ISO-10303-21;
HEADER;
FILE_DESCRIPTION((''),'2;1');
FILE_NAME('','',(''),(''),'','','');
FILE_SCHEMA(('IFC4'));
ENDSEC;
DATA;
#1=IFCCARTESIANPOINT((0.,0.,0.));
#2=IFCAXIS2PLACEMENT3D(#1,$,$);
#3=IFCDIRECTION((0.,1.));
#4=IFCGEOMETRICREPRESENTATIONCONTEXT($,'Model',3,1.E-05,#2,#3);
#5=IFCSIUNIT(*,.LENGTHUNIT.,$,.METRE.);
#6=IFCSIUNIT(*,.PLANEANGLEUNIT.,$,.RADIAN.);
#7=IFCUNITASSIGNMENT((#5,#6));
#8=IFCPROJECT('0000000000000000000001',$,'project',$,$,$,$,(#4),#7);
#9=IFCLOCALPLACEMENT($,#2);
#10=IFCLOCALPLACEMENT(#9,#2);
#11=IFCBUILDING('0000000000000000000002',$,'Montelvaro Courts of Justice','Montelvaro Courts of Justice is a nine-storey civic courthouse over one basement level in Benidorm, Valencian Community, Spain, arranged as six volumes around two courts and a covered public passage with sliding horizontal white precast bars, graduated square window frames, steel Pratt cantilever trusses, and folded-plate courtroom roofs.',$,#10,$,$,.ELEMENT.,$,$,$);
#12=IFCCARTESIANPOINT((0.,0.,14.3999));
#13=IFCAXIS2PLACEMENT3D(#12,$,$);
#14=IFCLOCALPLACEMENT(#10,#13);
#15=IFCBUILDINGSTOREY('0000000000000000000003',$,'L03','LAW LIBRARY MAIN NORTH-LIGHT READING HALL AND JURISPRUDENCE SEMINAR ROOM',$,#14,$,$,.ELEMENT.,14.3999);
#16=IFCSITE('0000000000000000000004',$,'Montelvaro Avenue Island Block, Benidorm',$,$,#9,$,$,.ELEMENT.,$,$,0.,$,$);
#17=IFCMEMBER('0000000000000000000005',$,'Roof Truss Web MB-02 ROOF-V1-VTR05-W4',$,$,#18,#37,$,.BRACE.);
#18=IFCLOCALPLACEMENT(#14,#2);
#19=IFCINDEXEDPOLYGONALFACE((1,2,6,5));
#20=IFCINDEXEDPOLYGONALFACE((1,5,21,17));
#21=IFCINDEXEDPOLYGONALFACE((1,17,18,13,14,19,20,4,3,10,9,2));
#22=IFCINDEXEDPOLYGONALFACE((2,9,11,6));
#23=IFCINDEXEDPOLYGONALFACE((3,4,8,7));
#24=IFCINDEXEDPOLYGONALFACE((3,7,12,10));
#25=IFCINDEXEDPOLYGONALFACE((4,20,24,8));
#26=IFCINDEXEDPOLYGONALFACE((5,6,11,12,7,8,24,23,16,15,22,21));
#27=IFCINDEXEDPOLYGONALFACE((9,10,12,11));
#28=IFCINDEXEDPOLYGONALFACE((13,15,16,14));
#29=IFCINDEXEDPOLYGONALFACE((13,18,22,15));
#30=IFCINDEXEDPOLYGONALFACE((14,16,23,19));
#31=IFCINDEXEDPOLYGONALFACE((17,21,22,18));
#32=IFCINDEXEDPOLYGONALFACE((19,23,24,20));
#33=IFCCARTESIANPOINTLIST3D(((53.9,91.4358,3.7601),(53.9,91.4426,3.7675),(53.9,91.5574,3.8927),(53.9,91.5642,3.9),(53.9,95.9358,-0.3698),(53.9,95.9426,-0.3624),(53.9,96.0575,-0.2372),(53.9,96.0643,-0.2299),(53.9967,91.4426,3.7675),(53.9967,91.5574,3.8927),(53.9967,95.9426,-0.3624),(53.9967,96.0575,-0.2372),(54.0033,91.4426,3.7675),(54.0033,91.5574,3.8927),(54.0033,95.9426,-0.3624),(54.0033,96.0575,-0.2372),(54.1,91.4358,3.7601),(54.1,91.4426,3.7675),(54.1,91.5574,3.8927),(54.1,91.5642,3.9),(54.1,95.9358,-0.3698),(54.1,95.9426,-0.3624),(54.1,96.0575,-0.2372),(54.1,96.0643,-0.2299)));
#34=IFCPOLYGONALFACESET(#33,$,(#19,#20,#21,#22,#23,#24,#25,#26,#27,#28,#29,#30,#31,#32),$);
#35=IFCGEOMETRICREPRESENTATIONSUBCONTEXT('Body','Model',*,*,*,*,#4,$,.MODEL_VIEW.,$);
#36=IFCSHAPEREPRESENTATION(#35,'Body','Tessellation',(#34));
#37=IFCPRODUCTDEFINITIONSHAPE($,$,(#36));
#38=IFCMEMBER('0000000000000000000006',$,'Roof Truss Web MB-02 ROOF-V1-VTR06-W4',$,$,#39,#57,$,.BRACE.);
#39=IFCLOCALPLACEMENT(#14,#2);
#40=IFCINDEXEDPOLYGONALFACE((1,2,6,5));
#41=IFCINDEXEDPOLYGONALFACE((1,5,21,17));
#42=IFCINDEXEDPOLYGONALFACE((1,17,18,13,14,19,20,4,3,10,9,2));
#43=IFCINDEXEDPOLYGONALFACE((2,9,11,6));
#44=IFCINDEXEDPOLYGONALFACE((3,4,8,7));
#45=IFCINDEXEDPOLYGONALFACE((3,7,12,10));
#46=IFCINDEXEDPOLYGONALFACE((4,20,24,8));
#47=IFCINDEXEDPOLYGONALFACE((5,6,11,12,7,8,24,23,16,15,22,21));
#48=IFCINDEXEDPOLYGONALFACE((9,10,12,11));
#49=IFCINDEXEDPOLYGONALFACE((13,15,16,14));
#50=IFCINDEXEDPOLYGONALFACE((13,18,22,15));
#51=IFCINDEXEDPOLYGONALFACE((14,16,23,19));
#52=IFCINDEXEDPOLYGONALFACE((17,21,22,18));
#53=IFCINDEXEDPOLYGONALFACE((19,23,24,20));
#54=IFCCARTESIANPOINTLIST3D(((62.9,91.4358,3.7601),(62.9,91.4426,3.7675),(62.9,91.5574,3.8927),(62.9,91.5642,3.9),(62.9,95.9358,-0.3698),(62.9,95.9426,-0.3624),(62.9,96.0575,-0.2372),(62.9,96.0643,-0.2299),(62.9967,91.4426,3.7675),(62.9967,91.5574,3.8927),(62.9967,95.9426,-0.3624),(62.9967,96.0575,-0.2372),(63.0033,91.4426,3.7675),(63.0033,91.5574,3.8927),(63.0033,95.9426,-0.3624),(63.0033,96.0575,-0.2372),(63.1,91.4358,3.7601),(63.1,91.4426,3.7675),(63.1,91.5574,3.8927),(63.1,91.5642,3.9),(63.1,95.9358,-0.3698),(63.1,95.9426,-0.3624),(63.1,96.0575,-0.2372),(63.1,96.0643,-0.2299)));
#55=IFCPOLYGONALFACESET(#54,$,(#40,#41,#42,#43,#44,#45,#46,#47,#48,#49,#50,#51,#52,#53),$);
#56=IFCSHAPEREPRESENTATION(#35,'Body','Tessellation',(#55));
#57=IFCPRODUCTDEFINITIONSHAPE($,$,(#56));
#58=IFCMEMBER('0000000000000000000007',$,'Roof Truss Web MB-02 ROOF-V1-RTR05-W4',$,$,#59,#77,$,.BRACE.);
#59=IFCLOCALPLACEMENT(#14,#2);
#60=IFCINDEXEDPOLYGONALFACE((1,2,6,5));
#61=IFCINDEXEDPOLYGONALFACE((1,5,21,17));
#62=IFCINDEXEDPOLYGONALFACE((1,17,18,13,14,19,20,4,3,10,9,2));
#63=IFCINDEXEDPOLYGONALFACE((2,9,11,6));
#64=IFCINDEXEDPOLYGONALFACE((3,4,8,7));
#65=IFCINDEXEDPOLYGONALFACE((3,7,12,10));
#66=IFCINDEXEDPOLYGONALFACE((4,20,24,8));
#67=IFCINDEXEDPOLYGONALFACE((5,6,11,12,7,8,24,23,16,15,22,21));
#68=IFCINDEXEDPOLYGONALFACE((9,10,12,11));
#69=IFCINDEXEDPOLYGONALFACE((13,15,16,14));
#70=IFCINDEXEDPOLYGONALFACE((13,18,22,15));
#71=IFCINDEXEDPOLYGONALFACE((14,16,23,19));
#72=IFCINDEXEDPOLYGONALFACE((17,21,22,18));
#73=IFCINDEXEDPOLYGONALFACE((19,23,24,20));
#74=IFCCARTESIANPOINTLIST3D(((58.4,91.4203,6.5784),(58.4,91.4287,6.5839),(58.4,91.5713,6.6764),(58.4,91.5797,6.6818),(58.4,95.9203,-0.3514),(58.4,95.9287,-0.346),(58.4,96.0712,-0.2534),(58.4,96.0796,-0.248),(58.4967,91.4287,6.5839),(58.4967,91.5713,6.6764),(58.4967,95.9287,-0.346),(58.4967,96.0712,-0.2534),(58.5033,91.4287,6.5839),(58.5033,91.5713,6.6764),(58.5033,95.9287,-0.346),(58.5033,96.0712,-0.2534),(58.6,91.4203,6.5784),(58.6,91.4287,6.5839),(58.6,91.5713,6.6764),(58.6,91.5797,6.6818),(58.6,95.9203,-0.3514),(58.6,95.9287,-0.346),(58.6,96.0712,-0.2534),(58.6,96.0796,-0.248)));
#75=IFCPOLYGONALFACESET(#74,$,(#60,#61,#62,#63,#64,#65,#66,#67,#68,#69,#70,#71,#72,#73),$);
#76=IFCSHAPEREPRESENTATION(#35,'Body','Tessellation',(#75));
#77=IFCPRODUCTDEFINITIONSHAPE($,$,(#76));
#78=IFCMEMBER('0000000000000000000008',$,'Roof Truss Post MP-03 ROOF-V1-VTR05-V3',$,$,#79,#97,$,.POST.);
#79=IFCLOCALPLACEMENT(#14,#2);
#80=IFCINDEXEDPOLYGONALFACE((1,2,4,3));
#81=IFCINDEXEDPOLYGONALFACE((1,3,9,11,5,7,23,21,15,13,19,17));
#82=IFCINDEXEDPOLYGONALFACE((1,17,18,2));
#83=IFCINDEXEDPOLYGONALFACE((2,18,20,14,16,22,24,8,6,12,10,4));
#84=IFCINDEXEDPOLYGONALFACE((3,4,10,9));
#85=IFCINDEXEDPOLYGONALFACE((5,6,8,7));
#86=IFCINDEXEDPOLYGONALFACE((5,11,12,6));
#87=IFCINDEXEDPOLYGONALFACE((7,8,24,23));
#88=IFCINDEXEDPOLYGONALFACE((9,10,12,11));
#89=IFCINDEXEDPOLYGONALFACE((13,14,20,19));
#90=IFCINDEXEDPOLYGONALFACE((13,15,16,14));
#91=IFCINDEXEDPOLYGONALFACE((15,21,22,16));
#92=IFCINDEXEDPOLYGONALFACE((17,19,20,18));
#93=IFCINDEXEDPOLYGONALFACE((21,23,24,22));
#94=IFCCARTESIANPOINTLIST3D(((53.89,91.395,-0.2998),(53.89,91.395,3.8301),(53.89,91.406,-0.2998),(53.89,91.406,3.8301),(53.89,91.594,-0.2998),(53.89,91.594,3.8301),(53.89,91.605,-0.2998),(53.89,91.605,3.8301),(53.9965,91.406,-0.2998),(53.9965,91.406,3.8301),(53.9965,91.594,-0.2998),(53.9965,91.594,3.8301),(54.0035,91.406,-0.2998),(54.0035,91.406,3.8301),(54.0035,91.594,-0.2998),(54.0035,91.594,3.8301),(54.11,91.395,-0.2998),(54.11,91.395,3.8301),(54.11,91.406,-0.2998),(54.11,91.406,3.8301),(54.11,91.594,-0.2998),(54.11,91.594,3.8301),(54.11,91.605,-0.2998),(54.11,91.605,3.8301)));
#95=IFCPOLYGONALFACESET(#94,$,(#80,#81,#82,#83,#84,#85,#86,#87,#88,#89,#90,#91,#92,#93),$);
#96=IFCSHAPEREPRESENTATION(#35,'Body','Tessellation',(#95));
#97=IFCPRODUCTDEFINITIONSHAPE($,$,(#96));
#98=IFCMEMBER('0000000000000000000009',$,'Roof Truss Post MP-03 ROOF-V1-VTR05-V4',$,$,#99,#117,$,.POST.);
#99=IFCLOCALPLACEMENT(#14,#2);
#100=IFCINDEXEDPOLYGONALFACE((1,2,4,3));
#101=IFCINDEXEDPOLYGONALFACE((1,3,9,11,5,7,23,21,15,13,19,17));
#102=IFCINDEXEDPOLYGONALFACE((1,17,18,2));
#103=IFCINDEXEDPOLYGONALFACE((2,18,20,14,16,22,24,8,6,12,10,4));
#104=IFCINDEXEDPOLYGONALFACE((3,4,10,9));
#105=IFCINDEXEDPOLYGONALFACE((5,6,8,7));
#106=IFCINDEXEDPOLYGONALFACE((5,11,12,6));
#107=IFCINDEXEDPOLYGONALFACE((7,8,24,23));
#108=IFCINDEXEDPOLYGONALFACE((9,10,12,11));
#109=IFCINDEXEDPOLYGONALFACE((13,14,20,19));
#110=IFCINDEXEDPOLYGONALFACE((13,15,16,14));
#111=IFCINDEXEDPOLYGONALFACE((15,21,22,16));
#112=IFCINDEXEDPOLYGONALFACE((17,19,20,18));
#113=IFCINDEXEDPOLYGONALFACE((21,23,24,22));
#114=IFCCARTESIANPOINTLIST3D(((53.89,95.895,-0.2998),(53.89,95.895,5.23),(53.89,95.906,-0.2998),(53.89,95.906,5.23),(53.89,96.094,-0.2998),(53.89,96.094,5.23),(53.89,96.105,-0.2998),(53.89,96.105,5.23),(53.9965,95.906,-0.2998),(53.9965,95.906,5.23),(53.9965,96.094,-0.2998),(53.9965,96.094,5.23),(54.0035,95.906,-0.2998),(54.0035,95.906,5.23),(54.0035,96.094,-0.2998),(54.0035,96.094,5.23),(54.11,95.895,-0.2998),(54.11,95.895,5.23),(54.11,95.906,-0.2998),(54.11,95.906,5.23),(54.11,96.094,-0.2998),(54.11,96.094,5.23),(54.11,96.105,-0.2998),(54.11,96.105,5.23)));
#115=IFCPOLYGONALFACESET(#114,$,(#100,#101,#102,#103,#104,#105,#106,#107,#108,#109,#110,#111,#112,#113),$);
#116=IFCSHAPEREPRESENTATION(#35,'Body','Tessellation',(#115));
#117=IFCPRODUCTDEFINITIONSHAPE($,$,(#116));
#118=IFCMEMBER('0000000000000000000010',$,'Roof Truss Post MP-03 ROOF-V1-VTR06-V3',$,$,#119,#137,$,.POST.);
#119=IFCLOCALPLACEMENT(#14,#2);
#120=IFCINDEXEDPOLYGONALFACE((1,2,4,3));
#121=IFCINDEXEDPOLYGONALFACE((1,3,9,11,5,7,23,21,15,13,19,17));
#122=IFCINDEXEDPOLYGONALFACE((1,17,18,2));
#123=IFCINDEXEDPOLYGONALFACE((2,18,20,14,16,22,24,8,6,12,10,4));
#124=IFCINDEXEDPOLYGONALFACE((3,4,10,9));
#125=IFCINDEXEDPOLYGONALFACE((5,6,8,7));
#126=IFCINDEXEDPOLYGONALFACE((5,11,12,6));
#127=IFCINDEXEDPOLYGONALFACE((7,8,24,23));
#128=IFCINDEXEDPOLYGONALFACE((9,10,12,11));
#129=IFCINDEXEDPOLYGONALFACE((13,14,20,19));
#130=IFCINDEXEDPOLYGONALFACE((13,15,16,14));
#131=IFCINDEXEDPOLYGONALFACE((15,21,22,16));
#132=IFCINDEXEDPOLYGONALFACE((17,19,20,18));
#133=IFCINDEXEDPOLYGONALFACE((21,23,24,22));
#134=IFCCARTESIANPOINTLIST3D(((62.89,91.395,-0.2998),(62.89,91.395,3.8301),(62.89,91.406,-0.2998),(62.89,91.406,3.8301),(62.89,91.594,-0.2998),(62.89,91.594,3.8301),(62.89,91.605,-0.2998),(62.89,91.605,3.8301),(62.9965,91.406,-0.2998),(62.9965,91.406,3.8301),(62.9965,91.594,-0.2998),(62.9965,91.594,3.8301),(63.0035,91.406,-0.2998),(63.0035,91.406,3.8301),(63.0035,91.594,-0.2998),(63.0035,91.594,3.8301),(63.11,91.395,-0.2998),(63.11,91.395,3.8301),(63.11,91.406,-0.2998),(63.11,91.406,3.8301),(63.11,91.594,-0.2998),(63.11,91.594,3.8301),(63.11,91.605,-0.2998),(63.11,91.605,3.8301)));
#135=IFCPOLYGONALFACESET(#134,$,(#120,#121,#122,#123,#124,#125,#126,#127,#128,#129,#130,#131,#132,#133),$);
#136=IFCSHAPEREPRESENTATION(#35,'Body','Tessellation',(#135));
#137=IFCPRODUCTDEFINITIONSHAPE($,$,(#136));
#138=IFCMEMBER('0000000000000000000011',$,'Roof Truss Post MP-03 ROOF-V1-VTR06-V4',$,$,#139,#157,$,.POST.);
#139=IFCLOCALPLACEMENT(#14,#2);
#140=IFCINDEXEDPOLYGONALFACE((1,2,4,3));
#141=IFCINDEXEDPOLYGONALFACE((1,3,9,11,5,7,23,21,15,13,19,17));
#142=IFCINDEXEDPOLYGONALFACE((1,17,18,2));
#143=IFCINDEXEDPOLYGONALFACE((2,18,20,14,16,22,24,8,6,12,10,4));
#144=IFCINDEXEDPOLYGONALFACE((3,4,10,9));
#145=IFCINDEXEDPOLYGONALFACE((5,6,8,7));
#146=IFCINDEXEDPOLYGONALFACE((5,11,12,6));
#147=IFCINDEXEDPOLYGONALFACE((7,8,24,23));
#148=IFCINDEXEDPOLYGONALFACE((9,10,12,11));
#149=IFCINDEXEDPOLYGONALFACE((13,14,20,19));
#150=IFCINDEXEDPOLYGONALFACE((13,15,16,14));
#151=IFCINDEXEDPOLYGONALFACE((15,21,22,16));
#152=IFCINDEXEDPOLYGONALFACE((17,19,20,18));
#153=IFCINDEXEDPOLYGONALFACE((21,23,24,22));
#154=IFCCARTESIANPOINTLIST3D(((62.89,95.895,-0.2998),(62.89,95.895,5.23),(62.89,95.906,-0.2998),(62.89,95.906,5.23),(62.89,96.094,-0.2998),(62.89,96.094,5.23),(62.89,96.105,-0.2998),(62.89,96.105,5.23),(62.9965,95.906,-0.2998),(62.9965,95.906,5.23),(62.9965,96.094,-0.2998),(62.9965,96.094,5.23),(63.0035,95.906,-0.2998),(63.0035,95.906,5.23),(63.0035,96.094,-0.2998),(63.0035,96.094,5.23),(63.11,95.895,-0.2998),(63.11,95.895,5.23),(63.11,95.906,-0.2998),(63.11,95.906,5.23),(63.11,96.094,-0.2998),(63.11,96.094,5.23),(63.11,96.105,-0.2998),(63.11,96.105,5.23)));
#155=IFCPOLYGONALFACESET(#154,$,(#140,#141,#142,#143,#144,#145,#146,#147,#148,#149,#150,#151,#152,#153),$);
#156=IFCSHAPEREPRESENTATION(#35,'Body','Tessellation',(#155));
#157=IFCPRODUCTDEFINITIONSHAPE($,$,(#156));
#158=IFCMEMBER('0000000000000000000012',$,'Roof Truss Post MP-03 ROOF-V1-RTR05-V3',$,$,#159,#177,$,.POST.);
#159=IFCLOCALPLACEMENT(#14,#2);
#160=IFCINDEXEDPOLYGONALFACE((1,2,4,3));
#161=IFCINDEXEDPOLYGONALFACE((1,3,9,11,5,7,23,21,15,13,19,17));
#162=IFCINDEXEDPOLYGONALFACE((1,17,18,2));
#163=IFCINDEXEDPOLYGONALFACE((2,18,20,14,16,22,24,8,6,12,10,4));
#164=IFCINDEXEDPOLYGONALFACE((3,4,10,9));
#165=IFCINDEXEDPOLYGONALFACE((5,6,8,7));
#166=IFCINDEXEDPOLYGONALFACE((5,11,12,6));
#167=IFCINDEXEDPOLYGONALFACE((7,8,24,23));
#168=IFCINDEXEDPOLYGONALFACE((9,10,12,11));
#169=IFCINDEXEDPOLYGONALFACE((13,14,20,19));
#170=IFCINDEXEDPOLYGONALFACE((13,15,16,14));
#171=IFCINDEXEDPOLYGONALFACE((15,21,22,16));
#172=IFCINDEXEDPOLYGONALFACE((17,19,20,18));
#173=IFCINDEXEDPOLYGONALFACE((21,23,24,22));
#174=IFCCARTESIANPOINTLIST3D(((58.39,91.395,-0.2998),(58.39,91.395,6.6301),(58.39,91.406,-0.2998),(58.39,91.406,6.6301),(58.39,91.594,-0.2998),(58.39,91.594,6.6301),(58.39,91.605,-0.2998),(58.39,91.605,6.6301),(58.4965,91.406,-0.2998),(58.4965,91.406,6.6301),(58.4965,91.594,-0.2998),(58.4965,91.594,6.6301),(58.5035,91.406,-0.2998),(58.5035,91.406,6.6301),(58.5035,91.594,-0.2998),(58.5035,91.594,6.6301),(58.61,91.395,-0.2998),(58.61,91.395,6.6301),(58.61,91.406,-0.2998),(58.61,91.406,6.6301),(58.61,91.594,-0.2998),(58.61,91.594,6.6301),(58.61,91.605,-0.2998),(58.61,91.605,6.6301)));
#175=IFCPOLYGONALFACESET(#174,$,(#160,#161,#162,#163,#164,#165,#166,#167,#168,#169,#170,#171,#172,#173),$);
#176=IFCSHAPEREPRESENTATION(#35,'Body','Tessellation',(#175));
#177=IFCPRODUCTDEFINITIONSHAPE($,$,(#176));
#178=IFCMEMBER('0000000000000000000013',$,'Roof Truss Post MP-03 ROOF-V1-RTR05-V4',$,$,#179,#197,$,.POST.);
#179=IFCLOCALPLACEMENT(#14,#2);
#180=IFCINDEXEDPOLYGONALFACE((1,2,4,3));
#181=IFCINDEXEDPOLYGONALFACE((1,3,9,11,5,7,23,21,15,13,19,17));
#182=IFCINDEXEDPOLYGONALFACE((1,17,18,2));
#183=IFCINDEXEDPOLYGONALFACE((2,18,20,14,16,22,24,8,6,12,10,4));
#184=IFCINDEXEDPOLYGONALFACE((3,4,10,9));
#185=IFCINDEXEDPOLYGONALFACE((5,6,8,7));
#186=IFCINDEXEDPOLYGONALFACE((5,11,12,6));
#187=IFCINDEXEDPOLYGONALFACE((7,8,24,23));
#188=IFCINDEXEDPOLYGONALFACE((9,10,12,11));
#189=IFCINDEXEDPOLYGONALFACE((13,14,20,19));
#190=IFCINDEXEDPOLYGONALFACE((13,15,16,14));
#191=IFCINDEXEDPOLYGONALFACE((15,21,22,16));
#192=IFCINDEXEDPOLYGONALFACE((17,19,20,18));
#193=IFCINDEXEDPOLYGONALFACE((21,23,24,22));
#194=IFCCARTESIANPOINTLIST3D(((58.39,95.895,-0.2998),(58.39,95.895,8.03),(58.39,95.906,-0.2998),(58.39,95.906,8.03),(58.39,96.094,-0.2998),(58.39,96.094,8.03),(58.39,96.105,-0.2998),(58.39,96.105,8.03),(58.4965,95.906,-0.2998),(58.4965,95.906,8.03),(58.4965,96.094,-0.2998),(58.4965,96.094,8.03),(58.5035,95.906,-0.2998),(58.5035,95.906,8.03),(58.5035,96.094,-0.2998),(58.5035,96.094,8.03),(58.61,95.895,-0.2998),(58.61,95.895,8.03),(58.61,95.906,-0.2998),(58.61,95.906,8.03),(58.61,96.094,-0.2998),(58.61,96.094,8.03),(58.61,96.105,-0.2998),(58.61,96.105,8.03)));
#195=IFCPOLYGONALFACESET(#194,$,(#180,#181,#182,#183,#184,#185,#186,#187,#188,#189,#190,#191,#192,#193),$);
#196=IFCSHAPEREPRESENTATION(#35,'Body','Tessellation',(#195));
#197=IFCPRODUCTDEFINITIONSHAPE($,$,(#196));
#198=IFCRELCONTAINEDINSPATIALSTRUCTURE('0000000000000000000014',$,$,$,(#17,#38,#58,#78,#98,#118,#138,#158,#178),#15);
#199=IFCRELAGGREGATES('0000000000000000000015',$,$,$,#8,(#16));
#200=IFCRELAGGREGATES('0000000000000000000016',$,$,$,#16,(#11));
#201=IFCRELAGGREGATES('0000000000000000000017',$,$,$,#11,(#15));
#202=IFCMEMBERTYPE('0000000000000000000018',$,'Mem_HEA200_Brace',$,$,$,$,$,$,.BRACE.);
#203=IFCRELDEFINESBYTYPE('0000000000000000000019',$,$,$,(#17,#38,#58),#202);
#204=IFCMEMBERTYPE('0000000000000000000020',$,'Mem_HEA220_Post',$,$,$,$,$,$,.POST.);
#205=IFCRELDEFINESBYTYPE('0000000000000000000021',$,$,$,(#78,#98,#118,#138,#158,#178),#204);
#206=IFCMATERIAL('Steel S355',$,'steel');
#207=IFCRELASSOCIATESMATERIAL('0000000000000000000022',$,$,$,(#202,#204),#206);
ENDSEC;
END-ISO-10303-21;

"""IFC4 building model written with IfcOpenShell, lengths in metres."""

from ifc_helpers import new_model, si_unit, direction, frame, origin, origin_2d, place, context, subcontext, project, spatial, i_section, extrude, material, material_profile, profile_set, type_object, element, save


model = new_model("IFC4")

# Units and contexts
model_context = context("Model", 3, precision=1e-05, world=origin(), true_north=direction((0.0, 1.0)))
body_context = subcontext(model_context, "Body", "Model", "MODEL_VIEW")
ifc_project = project(units=[si_unit("LENGTHUNIT", "METRE"), si_unit("PLANEANGLEUNIT", "RADIAN")], contexts=[model_context])

# Site, building, storey
site_placement = place(None, origin())
site = spatial("IfcSite", under=ifc_project, at=site_placement, Name="Montelvaro Avenue Island Block, Benidorm", CompositionType="ELEMENT", RefElevation=0.0)
building_placement = place(site_placement, origin())
building = spatial("IfcBuilding", under=site, at=building_placement, Name="Montelvaro Courts of Justice", Description="Montelvaro Courts of Justice is a nine-storey civic courthouse over one basement level in Benidorm, Valencian Community, Spain, arranged as six volumes around two courts and a covered public passage with sliding horizontal white precast bars, graduated square window frames, steel Pratt cantilever trusses, and folded-plate courtroom roofs.", CompositionType="ELEMENT")
storey_placement = place(building_placement, frame((0.0, 0.0, 14.3999)))
storey = spatial("IfcBuildingStorey", under=building, at=storey_placement, Name="L03", Description="LAW LIBRARY MAIN NORTH-LIGHT READING HALL AND JURISPRUDENCE SEMINAR ROOM", CompositionType="ELEMENT", Elevation=14.3999)

# Members
ifc_material_1 = material(Name="Steel S355", Category="steel")
ifc_material_profile_1 = material_profile(ifc_material_1, i_section(OverallWidth=0.2, OverallDepth=0.1899, WebThickness=0.0066, FlangeThickness=0.01, at=origin_2d()), Name="HEA 200")
ifc_profile_set_1 = profile_set([ifc_material_profile_1], Name="Steel S355")
member_type_1 = type_object("IfcMemberType", Name="Mem_HEA200_Brace", PredefinedType="BRACE", material=ifc_profile_set_1)
for number, where, z_axis, x_axis, name in (
    (1, (54.0, 91.5, 3.8301), (0.0, 0.736756, -0.676159), (-1.0, 0.0, 0.0), "Roof Truss Web MB-02 ROOF-V1-VTR05-W4"),
    (2, (63.0, 91.5, 3.8301), (0.0, 0.736756, -0.676159), (-1.0, 0.0, 0.0), "Roof Truss Web MB-02 ROOF-V1-VTR06-W4"),
):
    element("IfcMember", number, at=place(storey_placement, frame(where, z_axis=z_axis, x_axis=x_axis)), inside=storey, type_object=member_type_1, Name=name, PredefinedType="BRACE", context=body_context, shape_type="SweptSolid", body=[
        extrude(i_section(OverallWidth=0.2, OverallDepth=0.1899, WebThickness=0.0066, FlangeThickness=0.01, at=origin_2d()), origin(), (0.0, 0.0, 1.0), 6.1079),
    ])
member_1_placement = place(storey_placement, frame((58.5, 91.5, 6.6301), z_axis=(0.0, 0.544609, -0.83869), x_axis=(-1.0, 0.0, 0.0)))
element("IfcMember", 3, at=member_1_placement, inside=storey, type_object=member_type_1, Name="Roof Truss Web MB-02 ROOF-V1-RTR05-W4", PredefinedType="BRACE", context=body_context, shape_type="SweptSolid", body=[
    extrude(i_section(OverallWidth=0.2, OverallDepth=0.1899, WebThickness=0.0066, FlangeThickness=0.01, at=origin_2d()), origin(), (0.0, 0.0, 1.0), 8.2627),
])
ifc_material_profile_2 = material_profile(ifc_material_1, i_section(OverallWidth=0.22, OverallDepth=0.21, WebThickness=0.0071, FlangeThickness=0.011, at=origin_2d()), Name="HEA 220")
ifc_profile_set_2 = profile_set([ifc_material_profile_2], Name="Steel S355")
member_type_2 = type_object("IfcMemberType", Name="Mem_HEA220_Post", PredefinedType="POST", material=ifc_profile_set_2)
member_2_placement = place(storey_placement, frame((54.0, 91.5, -0.2998), z_axis=(0.0, 0.0, 1.0), x_axis=(1.0, 0.0, 0.0)))
element("IfcMember", 4, at=member_2_placement, inside=storey, type_object=member_type_2, Name="Roof Truss Post MP-03 ROOF-V1-VTR05-V3", PredefinedType="POST", context=body_context, shape_type="SweptSolid", body=[
    extrude(i_section(OverallWidth=0.22, OverallDepth=0.21, WebThickness=0.0071, FlangeThickness=0.011, at=origin_2d()), origin(), (0.0, 0.0, 1.0), 4.1299),
])
member_3_placement = place(storey_placement, frame((54.0, 96.0, -0.2998), z_axis=(0.0, 0.0, 1.0), x_axis=(1.0, 0.0, 0.0)))
element("IfcMember", 5, at=member_3_placement, inside=storey, type_object=member_type_2, Name="Roof Truss Post MP-03 ROOF-V1-VTR05-V4", PredefinedType="POST", context=body_context, shape_type="SweptSolid", body=[
    extrude(i_section(OverallWidth=0.22, OverallDepth=0.21, WebThickness=0.0071, FlangeThickness=0.011, at=origin_2d()), origin(), (0.0, 0.0, 1.0), 5.5298),
])
member_4_placement = place(storey_placement, frame((63.0, 91.5, -0.2998), z_axis=(0.0, 0.0, 1.0), x_axis=(1.0, 0.0, 0.0)))
element("IfcMember", 6, at=member_4_placement, inside=storey, type_object=member_type_2, Name="Roof Truss Post MP-03 ROOF-V1-VTR06-V3", PredefinedType="POST", context=body_context, shape_type="SweptSolid", body=[
    extrude(i_section(OverallWidth=0.22, OverallDepth=0.21, WebThickness=0.0071, FlangeThickness=0.011, at=origin_2d()), origin(), (0.0, 0.0, 1.0), 4.1299),
])
member_5_placement = place(storey_placement, frame((63.0, 96.0, -0.2998), z_axis=(0.0, 0.0, 1.0), x_axis=(1.0, 0.0, 0.0)))
element("IfcMember", 7, at=member_5_placement, inside=storey, type_object=member_type_2, Name="Roof Truss Post MP-03 ROOF-V1-VTR06-V4", PredefinedType="POST", context=body_context, shape_type="SweptSolid", body=[
    extrude(i_section(OverallWidth=0.22, OverallDepth=0.21, WebThickness=0.0071, FlangeThickness=0.011, at=origin_2d()), origin(), (0.0, 0.0, 1.0), 5.5298),
])
member_6_placement = place(storey_placement, frame((58.5, 91.5, -0.2998), z_axis=(0.0, 0.0, 1.0), x_axis=(1.0, 0.0, 0.0)))
element("IfcMember", 8, at=member_6_placement, inside=storey, type_object=member_type_2, Name="Roof Truss Post MP-03 ROOF-V1-RTR05-V3", PredefinedType="POST", context=body_context, shape_type="SweptSolid", body=[
    extrude(i_section(OverallWidth=0.22, OverallDepth=0.21, WebThickness=0.0071, FlangeThickness=0.011, at=origin_2d()), origin(), (0.0, 0.0, 1.0), 6.9299),
])
member_7_placement = place(storey_placement, frame((58.5, 96.0, -0.2998), z_axis=(0.0, 0.0, 1.0), x_axis=(1.0, 0.0, 0.0)))
element("IfcMember", 9, at=member_7_placement, inside=storey, type_object=member_type_2, Name="Roof Truss Post MP-03 ROOF-V1-RTR05-V4", PredefinedType="POST", context=body_context, shape_type="SweptSolid", body=[
    extrude(i_section(OverallWidth=0.22, OverallDepth=0.21, WebThickness=0.0071, FlangeThickness=0.011, at=origin_2d()), origin(), (0.0, 0.0, 1.0), 8.3298),
])

save(model, "model.ifc")
